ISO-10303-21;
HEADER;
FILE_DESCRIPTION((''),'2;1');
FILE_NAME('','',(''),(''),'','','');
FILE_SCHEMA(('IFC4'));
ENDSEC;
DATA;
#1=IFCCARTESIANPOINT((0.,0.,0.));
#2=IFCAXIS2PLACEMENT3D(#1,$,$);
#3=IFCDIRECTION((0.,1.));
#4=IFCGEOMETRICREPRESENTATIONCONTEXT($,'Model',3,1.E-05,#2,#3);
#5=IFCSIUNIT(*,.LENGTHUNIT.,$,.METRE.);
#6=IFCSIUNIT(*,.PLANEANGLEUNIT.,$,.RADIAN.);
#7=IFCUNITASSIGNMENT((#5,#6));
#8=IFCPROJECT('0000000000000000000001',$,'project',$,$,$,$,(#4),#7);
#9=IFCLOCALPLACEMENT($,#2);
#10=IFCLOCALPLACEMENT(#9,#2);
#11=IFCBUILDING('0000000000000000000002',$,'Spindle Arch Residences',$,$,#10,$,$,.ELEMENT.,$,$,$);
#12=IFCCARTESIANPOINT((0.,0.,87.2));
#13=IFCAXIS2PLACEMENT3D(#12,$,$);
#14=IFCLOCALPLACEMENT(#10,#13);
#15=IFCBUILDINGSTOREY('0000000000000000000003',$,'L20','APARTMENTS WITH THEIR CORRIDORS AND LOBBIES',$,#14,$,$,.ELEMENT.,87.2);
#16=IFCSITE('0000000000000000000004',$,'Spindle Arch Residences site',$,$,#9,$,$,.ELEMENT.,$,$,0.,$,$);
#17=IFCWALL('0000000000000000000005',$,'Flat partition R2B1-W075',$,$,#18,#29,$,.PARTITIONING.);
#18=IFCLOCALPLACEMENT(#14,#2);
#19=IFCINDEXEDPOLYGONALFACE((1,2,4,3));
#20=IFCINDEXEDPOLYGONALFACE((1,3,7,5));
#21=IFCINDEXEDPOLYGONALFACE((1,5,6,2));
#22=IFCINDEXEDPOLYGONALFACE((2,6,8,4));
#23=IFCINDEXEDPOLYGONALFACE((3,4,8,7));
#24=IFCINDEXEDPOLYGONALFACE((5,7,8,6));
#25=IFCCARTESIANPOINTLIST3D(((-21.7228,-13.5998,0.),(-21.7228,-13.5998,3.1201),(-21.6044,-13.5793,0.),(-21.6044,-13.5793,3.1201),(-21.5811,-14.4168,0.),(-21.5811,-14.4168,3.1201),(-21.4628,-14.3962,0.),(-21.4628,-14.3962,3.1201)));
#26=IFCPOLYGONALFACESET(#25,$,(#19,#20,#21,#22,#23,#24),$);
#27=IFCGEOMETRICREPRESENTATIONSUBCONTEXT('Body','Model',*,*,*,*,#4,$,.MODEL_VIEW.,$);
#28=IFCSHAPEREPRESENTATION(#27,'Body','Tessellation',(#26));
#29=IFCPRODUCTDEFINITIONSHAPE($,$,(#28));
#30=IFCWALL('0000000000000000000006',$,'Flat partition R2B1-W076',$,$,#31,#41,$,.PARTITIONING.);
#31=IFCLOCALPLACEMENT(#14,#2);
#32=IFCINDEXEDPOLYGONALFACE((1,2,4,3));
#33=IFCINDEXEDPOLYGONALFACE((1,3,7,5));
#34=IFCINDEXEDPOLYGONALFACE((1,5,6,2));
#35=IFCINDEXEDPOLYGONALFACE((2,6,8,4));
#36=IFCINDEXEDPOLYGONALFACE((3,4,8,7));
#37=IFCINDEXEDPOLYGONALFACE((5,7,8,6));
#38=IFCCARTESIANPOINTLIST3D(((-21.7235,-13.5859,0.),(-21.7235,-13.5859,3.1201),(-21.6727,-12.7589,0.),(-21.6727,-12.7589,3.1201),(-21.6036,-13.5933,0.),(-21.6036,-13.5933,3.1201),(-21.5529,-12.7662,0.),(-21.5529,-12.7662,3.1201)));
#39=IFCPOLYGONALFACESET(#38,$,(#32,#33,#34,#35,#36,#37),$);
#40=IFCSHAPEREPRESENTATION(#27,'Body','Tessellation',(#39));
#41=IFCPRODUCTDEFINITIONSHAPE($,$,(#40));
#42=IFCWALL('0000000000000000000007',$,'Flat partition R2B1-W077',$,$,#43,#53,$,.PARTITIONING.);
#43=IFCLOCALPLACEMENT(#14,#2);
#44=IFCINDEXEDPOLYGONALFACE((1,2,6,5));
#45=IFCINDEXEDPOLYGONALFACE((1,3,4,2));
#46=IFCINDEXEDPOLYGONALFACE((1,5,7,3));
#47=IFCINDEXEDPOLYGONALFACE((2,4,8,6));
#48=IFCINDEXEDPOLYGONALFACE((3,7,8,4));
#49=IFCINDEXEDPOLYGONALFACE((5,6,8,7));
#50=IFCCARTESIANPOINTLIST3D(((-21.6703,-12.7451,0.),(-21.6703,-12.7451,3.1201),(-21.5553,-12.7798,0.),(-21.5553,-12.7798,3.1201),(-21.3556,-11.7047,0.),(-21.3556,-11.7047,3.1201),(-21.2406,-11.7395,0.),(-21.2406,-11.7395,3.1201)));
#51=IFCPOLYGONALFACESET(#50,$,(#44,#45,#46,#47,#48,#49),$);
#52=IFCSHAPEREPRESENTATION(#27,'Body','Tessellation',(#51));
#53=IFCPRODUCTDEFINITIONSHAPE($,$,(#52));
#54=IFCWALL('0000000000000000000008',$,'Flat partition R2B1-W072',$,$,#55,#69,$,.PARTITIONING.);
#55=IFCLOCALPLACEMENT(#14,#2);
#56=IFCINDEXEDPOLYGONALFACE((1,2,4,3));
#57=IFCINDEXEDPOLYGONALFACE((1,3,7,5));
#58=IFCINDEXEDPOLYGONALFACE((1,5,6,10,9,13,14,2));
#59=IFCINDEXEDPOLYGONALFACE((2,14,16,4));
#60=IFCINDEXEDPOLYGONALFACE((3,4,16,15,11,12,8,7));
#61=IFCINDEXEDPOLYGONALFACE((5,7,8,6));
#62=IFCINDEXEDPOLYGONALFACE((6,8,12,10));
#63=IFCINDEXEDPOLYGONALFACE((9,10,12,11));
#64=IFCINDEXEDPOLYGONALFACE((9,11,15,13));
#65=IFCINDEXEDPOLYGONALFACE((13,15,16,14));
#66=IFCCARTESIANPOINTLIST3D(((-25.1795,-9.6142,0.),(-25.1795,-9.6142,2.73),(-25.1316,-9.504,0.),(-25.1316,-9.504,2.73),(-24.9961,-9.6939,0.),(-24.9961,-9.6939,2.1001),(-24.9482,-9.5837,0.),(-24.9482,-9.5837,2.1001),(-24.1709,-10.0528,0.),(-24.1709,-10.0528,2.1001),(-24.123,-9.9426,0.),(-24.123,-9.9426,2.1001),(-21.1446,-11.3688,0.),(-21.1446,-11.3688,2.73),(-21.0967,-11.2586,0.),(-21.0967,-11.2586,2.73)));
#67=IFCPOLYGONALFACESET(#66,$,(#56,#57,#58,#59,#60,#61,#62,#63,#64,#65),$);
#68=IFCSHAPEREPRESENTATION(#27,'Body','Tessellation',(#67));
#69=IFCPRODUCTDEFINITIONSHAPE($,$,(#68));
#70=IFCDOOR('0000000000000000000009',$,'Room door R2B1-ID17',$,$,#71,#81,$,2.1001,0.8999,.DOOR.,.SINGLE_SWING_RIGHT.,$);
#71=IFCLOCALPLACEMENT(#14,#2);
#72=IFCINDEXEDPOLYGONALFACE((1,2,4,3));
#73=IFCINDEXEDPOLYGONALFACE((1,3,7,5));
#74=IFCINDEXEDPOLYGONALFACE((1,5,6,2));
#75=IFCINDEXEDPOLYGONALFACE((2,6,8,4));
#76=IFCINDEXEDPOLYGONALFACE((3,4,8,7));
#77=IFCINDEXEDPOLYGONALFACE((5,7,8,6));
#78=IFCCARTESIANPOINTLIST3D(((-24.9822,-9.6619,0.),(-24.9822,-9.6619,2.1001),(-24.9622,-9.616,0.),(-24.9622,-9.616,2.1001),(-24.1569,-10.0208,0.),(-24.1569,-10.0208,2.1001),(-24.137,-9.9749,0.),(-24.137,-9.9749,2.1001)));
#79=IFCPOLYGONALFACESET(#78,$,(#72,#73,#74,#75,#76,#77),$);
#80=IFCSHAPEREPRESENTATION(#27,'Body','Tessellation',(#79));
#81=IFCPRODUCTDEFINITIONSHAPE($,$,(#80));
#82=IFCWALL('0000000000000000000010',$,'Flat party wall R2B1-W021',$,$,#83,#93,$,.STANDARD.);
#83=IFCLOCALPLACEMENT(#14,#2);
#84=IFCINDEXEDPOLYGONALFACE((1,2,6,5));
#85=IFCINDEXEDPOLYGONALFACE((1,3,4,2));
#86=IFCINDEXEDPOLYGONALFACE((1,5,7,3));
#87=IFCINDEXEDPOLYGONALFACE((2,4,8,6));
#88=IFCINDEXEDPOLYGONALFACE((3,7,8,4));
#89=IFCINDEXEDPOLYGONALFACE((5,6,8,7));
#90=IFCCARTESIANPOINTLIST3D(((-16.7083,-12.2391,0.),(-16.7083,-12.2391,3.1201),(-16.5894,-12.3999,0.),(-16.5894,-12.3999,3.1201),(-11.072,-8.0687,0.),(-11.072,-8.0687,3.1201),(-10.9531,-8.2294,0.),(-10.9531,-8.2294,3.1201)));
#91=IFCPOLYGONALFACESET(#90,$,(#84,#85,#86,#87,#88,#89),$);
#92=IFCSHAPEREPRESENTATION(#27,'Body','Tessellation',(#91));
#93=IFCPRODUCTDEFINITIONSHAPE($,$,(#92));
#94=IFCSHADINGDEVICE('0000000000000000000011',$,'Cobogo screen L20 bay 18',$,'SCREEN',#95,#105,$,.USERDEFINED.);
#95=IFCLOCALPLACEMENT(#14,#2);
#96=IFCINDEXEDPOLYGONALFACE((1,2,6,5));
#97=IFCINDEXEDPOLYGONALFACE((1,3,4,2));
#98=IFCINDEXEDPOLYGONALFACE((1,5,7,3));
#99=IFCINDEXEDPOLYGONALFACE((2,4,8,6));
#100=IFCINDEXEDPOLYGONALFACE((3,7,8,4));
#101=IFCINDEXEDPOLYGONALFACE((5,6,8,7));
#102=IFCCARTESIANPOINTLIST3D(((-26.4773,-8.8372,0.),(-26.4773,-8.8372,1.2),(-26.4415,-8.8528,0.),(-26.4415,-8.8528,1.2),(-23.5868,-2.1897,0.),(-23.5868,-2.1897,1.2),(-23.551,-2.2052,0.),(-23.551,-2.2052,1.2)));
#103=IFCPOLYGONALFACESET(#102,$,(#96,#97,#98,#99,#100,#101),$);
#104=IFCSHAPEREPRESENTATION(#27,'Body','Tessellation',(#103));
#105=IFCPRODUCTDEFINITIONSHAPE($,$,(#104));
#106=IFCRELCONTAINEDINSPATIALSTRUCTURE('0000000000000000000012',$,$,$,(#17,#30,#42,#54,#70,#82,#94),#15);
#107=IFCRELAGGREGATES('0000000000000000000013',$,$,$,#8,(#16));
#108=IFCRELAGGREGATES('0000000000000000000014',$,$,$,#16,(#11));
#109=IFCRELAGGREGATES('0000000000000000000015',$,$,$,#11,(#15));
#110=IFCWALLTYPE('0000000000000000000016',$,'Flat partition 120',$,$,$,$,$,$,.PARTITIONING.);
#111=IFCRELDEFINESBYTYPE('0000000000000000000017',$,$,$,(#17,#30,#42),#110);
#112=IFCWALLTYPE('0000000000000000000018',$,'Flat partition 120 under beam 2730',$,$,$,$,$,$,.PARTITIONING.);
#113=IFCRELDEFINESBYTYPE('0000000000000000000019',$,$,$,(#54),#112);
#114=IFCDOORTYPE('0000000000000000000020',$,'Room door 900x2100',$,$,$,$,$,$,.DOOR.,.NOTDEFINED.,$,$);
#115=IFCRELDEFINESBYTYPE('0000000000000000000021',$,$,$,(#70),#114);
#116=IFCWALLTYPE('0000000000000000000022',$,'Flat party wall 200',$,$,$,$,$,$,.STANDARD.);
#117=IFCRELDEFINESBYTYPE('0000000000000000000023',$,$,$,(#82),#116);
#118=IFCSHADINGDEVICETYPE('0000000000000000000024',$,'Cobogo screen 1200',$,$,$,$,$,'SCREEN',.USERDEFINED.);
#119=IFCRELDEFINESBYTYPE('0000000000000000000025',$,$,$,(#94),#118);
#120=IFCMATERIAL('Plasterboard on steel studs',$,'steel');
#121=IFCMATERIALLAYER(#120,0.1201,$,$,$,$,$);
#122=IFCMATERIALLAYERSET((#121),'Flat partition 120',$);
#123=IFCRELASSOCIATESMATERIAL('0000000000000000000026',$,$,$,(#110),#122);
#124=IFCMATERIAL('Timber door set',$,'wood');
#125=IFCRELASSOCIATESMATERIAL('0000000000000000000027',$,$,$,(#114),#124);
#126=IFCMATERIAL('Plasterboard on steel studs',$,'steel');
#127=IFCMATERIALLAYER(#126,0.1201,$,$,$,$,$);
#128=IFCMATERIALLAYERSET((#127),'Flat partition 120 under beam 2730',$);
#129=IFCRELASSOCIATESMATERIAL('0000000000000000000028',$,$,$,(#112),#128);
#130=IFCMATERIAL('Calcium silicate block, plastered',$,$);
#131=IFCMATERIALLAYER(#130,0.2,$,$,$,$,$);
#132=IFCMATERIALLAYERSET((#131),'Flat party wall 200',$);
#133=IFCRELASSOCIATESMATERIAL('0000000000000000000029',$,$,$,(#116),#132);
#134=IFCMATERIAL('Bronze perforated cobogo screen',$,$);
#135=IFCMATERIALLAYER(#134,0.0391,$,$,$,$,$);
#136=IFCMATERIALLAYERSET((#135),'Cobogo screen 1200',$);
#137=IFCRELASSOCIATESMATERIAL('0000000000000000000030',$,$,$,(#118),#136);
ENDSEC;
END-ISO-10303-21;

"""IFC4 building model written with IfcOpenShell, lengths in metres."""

from ifc_helpers import new_model, si_unit, direction, frame, frame_2d, origin, origin_2d, place, context, subcontext, project, spatial, rectangle, extrude, material, layer, layer_set, type_object, element, fill, save


model = new_model("IFC4")

# Units and contexts
model_context = context("Model", 3, precision=1e-05, world=origin(), true_north=direction((0.0, 1.0)))
body_context = subcontext(model_context, "Body", "Model", "MODEL_VIEW")
ifc_project = project(units=[si_unit("LENGTHUNIT", "METRE"), si_unit("PLANEANGLEUNIT", "RADIAN")], contexts=[model_context])

# Site, building, storey
site_placement = place(None, origin())
site = spatial("IfcSite", under=ifc_project, at=site_placement, Name="Spindle Arch Residences site", CompositionType="ELEMENT", RefElevation=0.0)
building_placement = place(site_placement, origin())
building = spatial("IfcBuilding", under=site, at=building_placement, Name="Spindle Arch Residences", CompositionType="ELEMENT")
storey_placement = place(building_placement, frame((0.0, 0.0, 87.2)))
storey = spatial("IfcBuildingStorey", under=building, at=storey_placement, Name="L20", Description="APARTMENTS WITH THEIR CORRIDORS AND LOBBIES", CompositionType="ELEMENT", Elevation=87.2)

# Shared definitions
ifc_material_1 = material(Name="Plasterboard on steel studs", Category="steel")
ifc_layer_1 = layer(ifc_material_1, 0.1201)
ifc_layer_set_1 = layer_set([ifc_layer_1], Name="Flat partition 120")
wall_type_1 = type_object("IfcWallType", Name="Flat partition 120", PredefinedType="PARTITIONING", material=ifc_layer_set_1)
ifc_material_2 = material(Name="Timber door set", Category="wood")
door_type_1 = type_object("IfcDoorType", Name="Room door 900x2100", OperationType="NOTDEFINED", PredefinedType="DOOR", material=ifc_material_2)

# Walls
wall_1_placement = place(storey_placement, frame((-21.522, -14.4065, 0.0), z_axis=(0.0, 0.0, 1.0), x_axis=(-0.170794, 0.985307, 0.0)))
element("IfcWall", 1, at=wall_1_placement, inside=storey, type_object=wall_type_1, Name="Flat partition R2B1-W075", PredefinedType="PARTITIONING", context=body_context, shape_type="SweptSolid", body=[
    extrude(rectangle(XDim=0.8291, YDim=0.1201, at=frame_2d((0.4146, 0.0))), origin(), (0.0, 0.0, 1.0), 3.1201),
])
wall_2_placement = place(storey_placement, frame((-21.6636, -13.5896, 0.0), z_axis=(0.0, 0.0, 1.0), x_axis=(0.061278, 0.998121, 0.0)))
element("IfcWall", 2, at=wall_2_placement, inside=storey, type_object=wall_type_1, Name="Flat partition R2B1-W076", PredefinedType="PARTITIONING", context=body_context, shape_type="SweptSolid", body=[
    extrude(rectangle(XDim=0.8286, YDim=0.1201, at=frame_2d((0.4143, 0.0))), origin(), (0.0, 0.0, 1.0), 3.1201),
])
wall_3_placement = place(storey_placement, frame((-21.6128, -12.7625, 0.0), z_axis=(0.0, 0.0, 1.0), x_axis=(0.289552, 0.957162, 0.0)))
element("IfcWall", 3, at=wall_3_placement, inside=storey, type_object=wall_type_1, Name="Flat partition R2B1-W077", PredefinedType="PARTITIONING", context=body_context, shape_type="SweptSolid", body=[
    extrude(rectangle(XDim=1.0869, YDim=0.1201, at=frame_2d((0.5435, 0.0))), origin(), (0.0, 0.0, 1.0), 3.1201),
])

# Wall, opening, door
ifc_material_3 = material(Name="Plasterboard on steel studs", Category="steel")
ifc_layer_2 = layer(ifc_material_3, 0.1201)
ifc_layer_set_2 = layer_set([ifc_layer_2], Name="Flat partition 120 under beam 2730")
wall_type_2 = type_object("IfcWallType", Name="Flat partition 120 under beam 2730", PredefinedType="PARTITIONING", material=ifc_layer_set_2)
wall_4_placement = place(storey_placement, frame((-25.1555, -9.5591, 0.0), z_axis=(0.0, 0.0, 1.0), x_axis=(0.917043, -0.398789, 0.0)))
wall_4 = element("IfcWall", 4, at=wall_4_placement, inside=storey, type_object=wall_type_2, Name="Flat partition R2B1-W072", PredefinedType="PARTITIONING", context=body_context, shape_type="SweptSolid", body=[
    extrude(rectangle(XDim=4.3999, YDim=0.1201, at=frame_2d((2.2, 0.0))), origin(), (0.0, 0.0, 1.0), 2.73),
])
opening_1_placement = place(wall_4_placement, frame((0.2, 0.0, 0.0)))
opening_1 = element("IfcOpeningElement", 5, at=opening_1_placement, cuts=wall_4, PredefinedType="OPENING", context=body_context, shape_type="SweptSolid", body=[
    extrude(rectangle(XDim=0.8999, YDim=2.1001, at=frame_2d((0.45, 1.05))), frame((0.0, 0.0701, 0.0), z_axis=(0.0, -1.0, 0.0), x_axis=(1.0, 0.0, 0.0)), (0.0, 0.0, 1.0), 0.1401),
])
door_1_placement = place(opening_1_placement, origin())
door_1 = element("IfcDoor", 6, at=door_1_placement, inside=storey, type_object=door_type_1, Name="Room door R2B1-ID17", OperationType="SINGLE_SWING_RIGHT", OverallHeight=2.1001, OverallWidth=0.8999, PredefinedType="DOOR", context=body_context, shape_type="SweptSolid", body=[
    extrude(rectangle(XDim=0.8999, YDim=2.1001, at=frame_2d((0.45, 1.05))), frame((0.0, 0.0249, 0.0), z_axis=(0.0, -1.0, 0.0), x_axis=(1.0, 0.0, 0.0)), (0.0, 0.0, 1.0), 0.05),
])
fill(opening_1, door_1)

# Wall
ifc_material_4 = material(Name="Calcium silicate block, plastered")
ifc_layer_3 = layer(ifc_material_4, 0.2)
ifc_layer_set_3 = layer_set([ifc_layer_3], Name="Flat party wall 200")
wall_type_3 = type_object("IfcWallType", Name="Flat party wall 200", PredefinedType="STANDARD", material=ifc_layer_set_3)
wall_5_placement = place(storey_placement, frame((-16.6489, -12.3196, 0.0), z_axis=(0.0, 0.0, 1.0), x_axis=(0.803869, 0.594806, 0.0)))
element("IfcWall", 7, at=wall_5_placement, inside=storey, type_object=wall_type_3, Name="Flat party wall R2B1-W021", PredefinedType="STANDARD", context=body_context, shape_type="SweptSolid", body=[
    extrude(rectangle(XDim=7.0115, YDim=0.2, at=frame_2d((3.5059, 0.0))), origin(), (0.0, 0.0, 1.0), 3.1201),
])

# Shading device
ifc_material_5 = material(Name="Bronze perforated cobogo screen")
ifc_layer_4 = layer(ifc_material_5, 0.0391)
ifc_layer_set_4 = layer_set([ifc_layer_4], Name="Cobogo screen 1200")
shading_device_type = type_object("IfcShadingDeviceType", Name="Cobogo screen 1200", ElementType="SCREEN", PredefinedType="USERDEFINED", material=ifc_layer_set_4)
shading_device_placement = place(storey_placement, frame((-25.0142, -5.5212, 0.0), z_axis=(0.0, 0.0, 1.0), x_axis=(-0.398749, -0.91706, 0.0)))
element("IfcShadingDevice", 8, at=shading_device_placement, inside=storey, type_object=shading_device_type, Name="Cobogo screen L20 bay 18", ObjectType="SCREEN", PredefinedType="USERDEFINED", context=body_context, shape_type="SweptSolid", body=[
    extrude(rectangle(XDim=7.2488, YDim=0.0391, at=origin_2d()), origin(), (0.0, 0.0, 1.0), 1.2),
])

save(model, "model.ifc")
